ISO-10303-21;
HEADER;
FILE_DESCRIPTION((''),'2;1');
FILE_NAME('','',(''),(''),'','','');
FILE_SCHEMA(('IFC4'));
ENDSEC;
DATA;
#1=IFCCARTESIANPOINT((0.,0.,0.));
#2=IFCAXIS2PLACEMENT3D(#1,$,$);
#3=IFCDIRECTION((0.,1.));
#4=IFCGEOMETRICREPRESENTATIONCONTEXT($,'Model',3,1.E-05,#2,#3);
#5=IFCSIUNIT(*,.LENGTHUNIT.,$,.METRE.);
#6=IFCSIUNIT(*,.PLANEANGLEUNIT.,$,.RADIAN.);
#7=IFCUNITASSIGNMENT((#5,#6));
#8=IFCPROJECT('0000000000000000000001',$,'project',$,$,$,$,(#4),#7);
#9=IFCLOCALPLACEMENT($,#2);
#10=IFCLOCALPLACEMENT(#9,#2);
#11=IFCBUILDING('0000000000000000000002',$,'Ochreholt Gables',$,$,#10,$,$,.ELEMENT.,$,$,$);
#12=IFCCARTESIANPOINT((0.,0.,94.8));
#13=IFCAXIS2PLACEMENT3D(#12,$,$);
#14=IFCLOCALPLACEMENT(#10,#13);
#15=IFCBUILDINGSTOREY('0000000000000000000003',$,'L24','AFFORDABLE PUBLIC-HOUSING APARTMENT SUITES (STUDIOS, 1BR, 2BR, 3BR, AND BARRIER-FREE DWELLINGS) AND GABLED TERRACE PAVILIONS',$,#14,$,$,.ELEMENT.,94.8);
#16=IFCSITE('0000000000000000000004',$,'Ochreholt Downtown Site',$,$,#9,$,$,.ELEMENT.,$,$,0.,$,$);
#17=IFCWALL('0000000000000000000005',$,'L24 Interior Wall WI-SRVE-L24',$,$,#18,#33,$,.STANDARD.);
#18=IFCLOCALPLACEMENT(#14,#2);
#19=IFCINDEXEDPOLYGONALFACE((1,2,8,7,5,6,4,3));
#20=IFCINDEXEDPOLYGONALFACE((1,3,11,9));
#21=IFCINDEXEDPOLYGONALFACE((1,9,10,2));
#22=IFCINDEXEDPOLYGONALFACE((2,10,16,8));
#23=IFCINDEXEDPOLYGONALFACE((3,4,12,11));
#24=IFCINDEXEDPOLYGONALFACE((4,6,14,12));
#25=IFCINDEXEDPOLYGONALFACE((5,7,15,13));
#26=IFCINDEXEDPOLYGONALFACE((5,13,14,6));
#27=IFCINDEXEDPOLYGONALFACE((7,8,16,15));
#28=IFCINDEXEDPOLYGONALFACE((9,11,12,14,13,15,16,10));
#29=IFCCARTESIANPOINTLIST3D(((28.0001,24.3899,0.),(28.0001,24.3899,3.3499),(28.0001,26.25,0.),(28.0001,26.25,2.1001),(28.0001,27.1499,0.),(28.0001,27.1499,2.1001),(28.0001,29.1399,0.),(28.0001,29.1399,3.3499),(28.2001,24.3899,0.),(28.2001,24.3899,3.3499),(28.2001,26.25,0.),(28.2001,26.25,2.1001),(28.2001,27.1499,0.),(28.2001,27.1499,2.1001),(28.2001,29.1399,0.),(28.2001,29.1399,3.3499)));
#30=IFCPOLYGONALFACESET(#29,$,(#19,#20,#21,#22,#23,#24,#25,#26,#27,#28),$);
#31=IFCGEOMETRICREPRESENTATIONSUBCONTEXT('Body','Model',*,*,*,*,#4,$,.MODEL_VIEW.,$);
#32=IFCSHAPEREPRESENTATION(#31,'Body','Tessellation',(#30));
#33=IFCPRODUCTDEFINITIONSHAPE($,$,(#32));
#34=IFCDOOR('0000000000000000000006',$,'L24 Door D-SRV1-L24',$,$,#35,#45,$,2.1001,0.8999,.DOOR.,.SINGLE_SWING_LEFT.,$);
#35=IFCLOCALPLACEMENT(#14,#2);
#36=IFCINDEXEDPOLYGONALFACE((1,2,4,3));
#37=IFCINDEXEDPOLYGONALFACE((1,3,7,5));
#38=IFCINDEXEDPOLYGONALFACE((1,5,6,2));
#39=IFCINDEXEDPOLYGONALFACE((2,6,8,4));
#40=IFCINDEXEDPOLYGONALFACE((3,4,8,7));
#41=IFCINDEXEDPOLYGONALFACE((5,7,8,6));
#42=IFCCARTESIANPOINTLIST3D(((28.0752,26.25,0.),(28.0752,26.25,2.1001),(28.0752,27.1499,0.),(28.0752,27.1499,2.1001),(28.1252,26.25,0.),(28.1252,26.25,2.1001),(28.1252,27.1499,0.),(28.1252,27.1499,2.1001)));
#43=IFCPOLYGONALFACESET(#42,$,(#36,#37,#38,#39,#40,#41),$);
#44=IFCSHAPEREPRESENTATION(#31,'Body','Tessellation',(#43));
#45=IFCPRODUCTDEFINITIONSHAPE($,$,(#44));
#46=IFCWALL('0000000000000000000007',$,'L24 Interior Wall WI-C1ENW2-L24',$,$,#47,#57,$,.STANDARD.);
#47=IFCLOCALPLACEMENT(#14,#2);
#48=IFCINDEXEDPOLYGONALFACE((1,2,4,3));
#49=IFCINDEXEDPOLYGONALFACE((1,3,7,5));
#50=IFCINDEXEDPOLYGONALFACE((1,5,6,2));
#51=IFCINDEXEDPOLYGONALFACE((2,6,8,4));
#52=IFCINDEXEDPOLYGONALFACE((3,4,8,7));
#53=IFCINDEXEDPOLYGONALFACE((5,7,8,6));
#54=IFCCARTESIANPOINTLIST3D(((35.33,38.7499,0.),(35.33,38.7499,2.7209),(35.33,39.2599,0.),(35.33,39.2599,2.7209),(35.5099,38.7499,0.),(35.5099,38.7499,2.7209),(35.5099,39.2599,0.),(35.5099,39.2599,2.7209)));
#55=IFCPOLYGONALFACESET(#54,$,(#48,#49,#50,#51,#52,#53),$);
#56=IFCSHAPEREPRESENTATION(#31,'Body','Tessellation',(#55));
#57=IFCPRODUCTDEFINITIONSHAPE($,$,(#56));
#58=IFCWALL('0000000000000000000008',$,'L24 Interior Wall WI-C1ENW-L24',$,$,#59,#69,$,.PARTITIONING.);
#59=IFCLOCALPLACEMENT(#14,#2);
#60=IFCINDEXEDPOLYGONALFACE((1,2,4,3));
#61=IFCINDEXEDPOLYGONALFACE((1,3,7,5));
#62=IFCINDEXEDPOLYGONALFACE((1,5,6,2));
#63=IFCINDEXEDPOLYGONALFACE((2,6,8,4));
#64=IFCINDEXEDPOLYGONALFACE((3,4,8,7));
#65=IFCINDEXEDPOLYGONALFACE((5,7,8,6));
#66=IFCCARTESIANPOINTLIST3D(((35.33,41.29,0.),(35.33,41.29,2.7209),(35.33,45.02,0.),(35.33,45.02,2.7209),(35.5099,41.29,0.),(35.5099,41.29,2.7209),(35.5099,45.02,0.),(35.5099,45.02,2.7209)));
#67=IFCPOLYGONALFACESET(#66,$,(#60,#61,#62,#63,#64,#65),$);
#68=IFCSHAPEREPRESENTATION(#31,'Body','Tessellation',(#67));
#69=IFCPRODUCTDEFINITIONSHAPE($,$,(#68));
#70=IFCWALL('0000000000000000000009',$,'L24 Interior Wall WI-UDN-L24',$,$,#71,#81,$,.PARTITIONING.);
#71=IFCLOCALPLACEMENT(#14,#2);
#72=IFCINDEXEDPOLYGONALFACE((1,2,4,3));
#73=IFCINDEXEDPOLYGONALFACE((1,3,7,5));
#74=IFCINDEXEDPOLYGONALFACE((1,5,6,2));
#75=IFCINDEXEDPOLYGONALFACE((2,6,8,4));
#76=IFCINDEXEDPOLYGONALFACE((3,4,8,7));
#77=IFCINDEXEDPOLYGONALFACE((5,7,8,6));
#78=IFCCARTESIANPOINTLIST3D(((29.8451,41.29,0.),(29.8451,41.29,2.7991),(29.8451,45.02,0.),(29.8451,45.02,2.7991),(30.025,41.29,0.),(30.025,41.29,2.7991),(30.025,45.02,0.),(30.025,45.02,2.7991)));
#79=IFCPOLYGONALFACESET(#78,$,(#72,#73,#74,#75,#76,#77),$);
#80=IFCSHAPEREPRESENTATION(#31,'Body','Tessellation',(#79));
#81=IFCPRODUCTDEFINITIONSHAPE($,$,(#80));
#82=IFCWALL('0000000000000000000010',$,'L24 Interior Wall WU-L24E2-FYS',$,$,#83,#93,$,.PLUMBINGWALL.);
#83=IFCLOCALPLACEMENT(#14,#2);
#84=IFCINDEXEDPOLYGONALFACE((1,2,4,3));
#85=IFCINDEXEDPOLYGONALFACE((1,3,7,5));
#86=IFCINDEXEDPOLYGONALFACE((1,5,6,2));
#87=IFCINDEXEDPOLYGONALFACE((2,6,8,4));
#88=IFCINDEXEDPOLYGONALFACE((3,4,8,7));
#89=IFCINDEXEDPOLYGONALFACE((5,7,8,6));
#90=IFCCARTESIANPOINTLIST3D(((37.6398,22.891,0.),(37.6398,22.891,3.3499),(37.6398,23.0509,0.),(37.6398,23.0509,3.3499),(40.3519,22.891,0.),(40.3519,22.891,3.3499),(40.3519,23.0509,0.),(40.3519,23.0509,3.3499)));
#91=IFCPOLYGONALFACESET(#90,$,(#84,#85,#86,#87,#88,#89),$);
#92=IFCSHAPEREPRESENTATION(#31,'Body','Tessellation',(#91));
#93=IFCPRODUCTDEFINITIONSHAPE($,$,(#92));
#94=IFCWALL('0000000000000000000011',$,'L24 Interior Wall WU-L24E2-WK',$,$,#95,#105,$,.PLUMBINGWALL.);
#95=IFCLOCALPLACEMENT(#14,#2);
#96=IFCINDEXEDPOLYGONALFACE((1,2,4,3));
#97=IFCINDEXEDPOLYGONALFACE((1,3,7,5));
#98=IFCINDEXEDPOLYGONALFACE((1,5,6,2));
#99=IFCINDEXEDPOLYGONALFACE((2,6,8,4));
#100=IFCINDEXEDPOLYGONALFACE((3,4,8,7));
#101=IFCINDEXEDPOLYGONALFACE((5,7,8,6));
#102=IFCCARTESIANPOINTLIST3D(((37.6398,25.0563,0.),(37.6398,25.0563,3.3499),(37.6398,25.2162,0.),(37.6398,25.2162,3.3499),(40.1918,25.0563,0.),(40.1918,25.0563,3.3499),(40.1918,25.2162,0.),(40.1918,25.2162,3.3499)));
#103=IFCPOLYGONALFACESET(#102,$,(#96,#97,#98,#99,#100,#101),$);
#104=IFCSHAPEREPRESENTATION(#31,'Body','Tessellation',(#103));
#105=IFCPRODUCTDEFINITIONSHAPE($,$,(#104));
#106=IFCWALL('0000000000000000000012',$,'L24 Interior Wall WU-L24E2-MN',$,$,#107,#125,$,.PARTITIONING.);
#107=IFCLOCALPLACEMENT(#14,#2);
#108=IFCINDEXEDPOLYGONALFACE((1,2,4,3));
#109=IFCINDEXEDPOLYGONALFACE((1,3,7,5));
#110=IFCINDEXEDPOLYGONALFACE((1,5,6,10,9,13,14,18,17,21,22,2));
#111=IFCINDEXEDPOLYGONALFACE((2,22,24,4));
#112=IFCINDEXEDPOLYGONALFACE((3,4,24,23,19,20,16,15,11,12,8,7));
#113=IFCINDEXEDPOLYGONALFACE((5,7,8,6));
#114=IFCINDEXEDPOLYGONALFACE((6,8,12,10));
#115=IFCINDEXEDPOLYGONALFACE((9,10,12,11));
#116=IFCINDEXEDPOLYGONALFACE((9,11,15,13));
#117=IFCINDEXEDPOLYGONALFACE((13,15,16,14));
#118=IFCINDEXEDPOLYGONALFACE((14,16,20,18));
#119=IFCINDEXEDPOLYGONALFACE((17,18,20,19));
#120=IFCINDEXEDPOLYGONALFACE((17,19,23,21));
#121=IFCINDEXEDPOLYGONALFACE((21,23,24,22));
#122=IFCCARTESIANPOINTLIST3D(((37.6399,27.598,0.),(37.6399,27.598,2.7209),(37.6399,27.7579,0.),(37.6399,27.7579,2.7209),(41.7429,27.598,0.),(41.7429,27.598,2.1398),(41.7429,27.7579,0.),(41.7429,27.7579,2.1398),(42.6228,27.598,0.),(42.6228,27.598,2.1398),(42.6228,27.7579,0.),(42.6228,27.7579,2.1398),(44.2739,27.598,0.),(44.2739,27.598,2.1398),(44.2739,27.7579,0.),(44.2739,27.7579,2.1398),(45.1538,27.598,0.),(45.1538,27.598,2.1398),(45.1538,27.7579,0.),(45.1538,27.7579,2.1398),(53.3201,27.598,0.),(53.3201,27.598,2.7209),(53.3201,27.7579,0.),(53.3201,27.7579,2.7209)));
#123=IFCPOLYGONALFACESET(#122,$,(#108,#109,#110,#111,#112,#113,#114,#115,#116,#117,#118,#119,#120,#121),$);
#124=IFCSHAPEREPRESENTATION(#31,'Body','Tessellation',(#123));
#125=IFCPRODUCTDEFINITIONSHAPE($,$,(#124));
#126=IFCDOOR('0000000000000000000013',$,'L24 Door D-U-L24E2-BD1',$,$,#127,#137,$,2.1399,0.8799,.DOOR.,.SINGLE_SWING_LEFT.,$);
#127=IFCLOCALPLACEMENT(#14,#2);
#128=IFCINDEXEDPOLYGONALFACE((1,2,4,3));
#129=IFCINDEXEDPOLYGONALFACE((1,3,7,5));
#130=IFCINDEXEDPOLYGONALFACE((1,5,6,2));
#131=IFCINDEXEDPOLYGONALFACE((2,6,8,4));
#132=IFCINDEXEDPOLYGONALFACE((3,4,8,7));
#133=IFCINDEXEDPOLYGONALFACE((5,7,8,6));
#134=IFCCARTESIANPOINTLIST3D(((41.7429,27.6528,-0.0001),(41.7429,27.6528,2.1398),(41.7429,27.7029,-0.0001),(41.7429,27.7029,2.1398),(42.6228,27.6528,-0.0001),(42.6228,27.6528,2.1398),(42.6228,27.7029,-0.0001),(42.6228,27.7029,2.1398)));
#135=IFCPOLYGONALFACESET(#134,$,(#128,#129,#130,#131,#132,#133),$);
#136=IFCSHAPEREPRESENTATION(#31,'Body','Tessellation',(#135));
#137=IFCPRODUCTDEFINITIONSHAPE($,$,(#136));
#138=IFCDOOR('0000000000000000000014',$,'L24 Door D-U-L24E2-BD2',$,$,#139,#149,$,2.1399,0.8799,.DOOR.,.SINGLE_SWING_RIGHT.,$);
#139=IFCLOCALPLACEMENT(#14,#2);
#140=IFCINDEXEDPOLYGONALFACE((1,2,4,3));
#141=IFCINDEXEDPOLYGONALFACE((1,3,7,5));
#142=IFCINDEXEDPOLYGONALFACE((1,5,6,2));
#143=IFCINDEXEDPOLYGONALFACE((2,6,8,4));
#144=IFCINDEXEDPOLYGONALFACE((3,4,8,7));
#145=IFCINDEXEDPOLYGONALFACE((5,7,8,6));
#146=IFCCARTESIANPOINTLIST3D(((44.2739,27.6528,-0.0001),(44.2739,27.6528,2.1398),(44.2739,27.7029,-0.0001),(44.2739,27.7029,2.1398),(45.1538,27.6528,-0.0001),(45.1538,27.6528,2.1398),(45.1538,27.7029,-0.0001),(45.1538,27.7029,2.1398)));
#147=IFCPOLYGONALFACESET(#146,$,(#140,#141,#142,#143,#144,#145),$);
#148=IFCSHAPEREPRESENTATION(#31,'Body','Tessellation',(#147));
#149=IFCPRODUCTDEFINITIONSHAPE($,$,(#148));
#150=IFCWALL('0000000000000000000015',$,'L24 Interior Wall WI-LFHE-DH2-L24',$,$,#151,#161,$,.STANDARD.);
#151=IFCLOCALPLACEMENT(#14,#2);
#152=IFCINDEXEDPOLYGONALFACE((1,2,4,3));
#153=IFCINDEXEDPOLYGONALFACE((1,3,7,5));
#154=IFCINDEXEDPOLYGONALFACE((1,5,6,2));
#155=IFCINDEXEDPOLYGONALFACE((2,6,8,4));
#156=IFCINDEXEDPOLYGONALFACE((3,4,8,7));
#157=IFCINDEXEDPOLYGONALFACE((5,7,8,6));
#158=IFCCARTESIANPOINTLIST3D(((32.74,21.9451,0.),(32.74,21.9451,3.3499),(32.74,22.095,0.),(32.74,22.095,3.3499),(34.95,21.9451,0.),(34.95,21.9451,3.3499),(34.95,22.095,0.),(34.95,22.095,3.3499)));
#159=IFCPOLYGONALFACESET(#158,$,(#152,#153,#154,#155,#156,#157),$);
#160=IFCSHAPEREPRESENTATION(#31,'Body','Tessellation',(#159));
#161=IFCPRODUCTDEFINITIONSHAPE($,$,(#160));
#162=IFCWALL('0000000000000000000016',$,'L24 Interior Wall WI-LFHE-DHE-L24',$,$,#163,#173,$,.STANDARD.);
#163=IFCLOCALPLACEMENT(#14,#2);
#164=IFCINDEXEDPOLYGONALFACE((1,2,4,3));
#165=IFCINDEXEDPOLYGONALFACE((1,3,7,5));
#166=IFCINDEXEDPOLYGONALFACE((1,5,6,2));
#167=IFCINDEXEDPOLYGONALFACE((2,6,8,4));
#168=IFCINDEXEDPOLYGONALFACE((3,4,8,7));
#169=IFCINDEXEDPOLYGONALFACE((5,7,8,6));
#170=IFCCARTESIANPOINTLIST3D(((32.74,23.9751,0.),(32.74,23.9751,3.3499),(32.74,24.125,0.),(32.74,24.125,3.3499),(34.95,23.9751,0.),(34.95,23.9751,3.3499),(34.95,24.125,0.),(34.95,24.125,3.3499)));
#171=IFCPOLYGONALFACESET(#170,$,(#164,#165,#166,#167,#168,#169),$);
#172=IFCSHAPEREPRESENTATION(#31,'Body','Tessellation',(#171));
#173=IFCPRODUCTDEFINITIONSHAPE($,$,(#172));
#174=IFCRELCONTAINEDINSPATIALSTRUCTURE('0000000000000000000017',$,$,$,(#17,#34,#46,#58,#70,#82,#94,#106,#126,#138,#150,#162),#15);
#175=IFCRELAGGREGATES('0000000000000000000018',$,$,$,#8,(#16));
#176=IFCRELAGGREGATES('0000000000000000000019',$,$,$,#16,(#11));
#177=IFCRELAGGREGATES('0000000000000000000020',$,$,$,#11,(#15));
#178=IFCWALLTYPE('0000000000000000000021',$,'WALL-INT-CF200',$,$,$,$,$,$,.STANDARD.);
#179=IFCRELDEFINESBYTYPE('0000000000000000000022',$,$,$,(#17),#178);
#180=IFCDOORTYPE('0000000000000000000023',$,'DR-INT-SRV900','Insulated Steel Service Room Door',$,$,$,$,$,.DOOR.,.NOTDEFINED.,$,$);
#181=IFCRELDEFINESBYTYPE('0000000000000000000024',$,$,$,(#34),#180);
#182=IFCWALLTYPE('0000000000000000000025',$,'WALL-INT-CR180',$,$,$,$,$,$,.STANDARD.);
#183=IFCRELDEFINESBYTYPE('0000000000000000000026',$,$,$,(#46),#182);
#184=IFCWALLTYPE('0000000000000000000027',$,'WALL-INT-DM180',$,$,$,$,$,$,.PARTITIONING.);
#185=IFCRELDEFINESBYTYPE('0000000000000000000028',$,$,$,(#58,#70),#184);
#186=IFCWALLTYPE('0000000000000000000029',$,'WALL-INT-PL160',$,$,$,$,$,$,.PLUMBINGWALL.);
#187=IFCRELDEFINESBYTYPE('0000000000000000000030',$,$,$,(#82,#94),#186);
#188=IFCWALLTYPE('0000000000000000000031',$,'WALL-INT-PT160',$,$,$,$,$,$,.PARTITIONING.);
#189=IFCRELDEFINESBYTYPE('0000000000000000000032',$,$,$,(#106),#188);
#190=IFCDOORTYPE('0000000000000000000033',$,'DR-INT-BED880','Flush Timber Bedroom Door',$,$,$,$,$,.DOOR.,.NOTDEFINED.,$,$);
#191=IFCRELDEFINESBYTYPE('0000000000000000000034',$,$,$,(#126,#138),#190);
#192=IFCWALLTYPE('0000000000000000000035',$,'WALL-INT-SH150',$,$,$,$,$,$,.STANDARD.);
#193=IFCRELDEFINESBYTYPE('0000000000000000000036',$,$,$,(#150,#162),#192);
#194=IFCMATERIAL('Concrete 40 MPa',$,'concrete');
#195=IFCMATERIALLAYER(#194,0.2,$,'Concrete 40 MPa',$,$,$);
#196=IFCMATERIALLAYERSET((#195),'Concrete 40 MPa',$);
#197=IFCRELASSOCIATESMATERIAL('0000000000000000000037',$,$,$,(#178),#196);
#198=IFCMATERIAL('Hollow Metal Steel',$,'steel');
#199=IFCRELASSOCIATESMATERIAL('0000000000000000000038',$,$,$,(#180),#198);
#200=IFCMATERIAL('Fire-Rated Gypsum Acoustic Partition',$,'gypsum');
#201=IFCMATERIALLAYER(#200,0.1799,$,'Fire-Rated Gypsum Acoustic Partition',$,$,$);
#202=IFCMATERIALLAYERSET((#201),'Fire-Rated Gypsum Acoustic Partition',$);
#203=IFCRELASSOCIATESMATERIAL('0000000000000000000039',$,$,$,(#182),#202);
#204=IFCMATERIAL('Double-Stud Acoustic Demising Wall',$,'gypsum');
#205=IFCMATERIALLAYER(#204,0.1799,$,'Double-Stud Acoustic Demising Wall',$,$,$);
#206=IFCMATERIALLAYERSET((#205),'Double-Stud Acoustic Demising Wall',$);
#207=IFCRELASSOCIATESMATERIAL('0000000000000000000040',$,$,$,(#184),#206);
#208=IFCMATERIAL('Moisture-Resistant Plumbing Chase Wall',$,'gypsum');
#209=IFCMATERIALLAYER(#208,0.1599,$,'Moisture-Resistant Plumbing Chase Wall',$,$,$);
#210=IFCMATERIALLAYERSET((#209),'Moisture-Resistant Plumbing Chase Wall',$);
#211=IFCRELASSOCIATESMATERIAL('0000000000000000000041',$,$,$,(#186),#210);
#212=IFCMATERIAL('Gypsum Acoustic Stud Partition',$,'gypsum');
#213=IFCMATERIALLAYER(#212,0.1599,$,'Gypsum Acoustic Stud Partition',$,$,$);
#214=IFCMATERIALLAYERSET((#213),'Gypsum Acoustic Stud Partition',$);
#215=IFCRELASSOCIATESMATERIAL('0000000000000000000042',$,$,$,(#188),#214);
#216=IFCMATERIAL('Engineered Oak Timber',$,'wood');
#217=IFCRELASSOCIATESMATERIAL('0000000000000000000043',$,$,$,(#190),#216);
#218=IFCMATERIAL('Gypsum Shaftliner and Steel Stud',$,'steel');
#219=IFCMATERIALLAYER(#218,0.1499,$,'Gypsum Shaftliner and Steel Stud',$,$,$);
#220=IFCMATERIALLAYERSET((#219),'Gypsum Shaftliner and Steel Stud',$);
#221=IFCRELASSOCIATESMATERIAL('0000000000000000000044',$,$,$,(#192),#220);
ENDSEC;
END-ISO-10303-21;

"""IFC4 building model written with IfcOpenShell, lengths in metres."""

from ifc_helpers import new_model, si_unit, direction, frame, frame_2d, origin, place, context, subcontext, project, spatial, rectangle, extrude, material, layer, layer_set, type_object, element, fill, save


model = new_model("IFC4")

# Units and contexts
model_context = context("Model", 3, precision=1e-05, world=origin(), true_north=direction((0.0, 1.0)))
body_context = subcontext(model_context, "Body", "Model", "MODEL_VIEW")
ifc_project = project(units=[si_unit("LENGTHUNIT", "METRE"), si_unit("PLANEANGLEUNIT", "RADIAN")], contexts=[model_context])

# Site, building, storey
site_placement = place(None, origin())
site = spatial("IfcSite", under=ifc_project, at=site_placement, Name="Ochreholt Downtown Site", CompositionType="ELEMENT", RefElevation=0.0)
building_placement = place(site_placement, origin())
building = spatial("IfcBuilding", under=site, at=building_placement, Name="Ochreholt Gables", CompositionType="ELEMENT")
storey_placement = place(building_placement, frame((0.0, 0.0, 94.8)))
storey = spatial("IfcBuildingStorey", under=building, at=storey_placement, Name="L24", Description="AFFORDABLE PUBLIC-HOUSING APARTMENT SUITES (STUDIOS, 1BR, 2BR, 3BR, AND BARRIER-FREE DWELLINGS) AND GABLED TERRACE PAVILIONS", CompositionType="ELEMENT", Elevation=94.8)

# Wall, opening, door
ifc_material_1 = material(Name="Concrete 40 MPa", Category="concrete")
ifc_layer_1 = layer(ifc_material_1, 0.2, Name="Concrete 40 MPa")
ifc_layer_set_1 = layer_set([ifc_layer_1], Name="Concrete 40 MPa")
wall_type_1 = type_object("IfcWallType", Name="WALL-INT-CF200", PredefinedType="STANDARD", material=ifc_layer_set_1)
wall_1_placement = place(storey_placement, frame((28.1001, 24.3899, 0.0), z_axis=(0.0, 0.0, 1.0), x_axis=(0.0, 1.0, 0.0)))
wall_1 = element("IfcWall", 1, at=wall_1_placement, inside=storey, type_object=wall_type_1, Name="L24 Interior Wall WI-SRVE-L24", PredefinedType="STANDARD", context=body_context, shape_type="SweptSolid", body=[
    extrude(rectangle(XDim=4.75, YDim=0.2, at=frame_2d((2.375, 0.0))), origin(), (0.0, 0.0, 1.0), 3.3499),
])
opening_1_placement = place(wall_1_placement, frame((1.8601, 0.0, 0.0)))
opening_1 = element("IfcOpeningElement", 2, at=opening_1_placement, cuts=wall_1, PredefinedType="OPENING", context=body_context, shape_type="SweptSolid", body=[
    extrude(rectangle(XDim=0.8999, YDim=2.1001, at=frame_2d((0.45, 1.05))), frame((0.0, 0.1099, 0.0), z_axis=(0.0, -1.0, 0.0), x_axis=(1.0, 0.0, 0.0)), (0.0, 0.0, 1.0), 0.22),
])
ifc_material_2 = material(Name="Hollow Metal Steel", Category="steel")
door_type_1 = type_object("IfcDoorType", Name="DR-INT-SRV900", Description="Insulated Steel Service Room Door", OperationType="NOTDEFINED", PredefinedType="DOOR", material=ifc_material_2)
door_1_placement = place(opening_1_placement, origin())
door_1 = element("IfcDoor", 3, at=door_1_placement, inside=storey, type_object=door_type_1, Name="L24 Door D-SRV1-L24", OperationType="SINGLE_SWING_LEFT", OverallHeight=2.1001, OverallWidth=0.8999, PredefinedType="DOOR", context=body_context, shape_type="SweptSolid", body=[
    extrude(rectangle(XDim=0.8999, YDim=2.1001, at=frame_2d((0.45, 1.05))), frame((0.0, 0.0249, 0.0), z_axis=(0.0, -1.0, 0.0), x_axis=(1.0, 0.0, 0.0)), (0.0, 0.0, 1.0), 0.05),
])
fill(opening_1, door_1)

# Walls
ifc_material_3 = material(Name="Fire-Rated Gypsum Acoustic Partition", Category="gypsum")
ifc_layer_2 = layer(ifc_material_3, 0.1799, Name="Fire-Rated Gypsum Acoustic Partition")
ifc_layer_set_2 = layer_set([ifc_layer_2], Name="Fire-Rated Gypsum Acoustic Partition")
wall_type_2 = type_object("IfcWallType", Name="WALL-INT-CR180", PredefinedType="STANDARD", material=ifc_layer_set_2)
wall_2_placement = place(storey_placement, frame((35.4199, 38.75, 0.0), z_axis=(0.0, 0.0, 1.0), x_axis=(0.0, 1.0, 0.0)))
element("IfcWall", 4, at=wall_2_placement, inside=storey, type_object=wall_type_2, Name="L24 Interior Wall WI-C1ENW2-L24", PredefinedType="STANDARD", context=body_context, shape_type="SweptSolid", body=[
    extrude(rectangle(XDim=0.51, YDim=0.1799, at=frame_2d((0.2549, 0.0))), origin(), (0.0, 0.0, 1.0), 2.7209),
])
ifc_material_4 = material(Name="Double-Stud Acoustic Demising Wall", Category="gypsum")
ifc_layer_3 = layer(ifc_material_4, 0.1799, Name="Double-Stud Acoustic Demising Wall")
ifc_layer_set_3 = layer_set([ifc_layer_3], Name="Double-Stud Acoustic Demising Wall")
wall_type_3 = type_object("IfcWallType", Name="WALL-INT-DM180", PredefinedType="PARTITIONING", material=ifc_layer_set_3)
wall_3_placement = place(storey_placement, frame((35.4199, 41.29, 0.0), z_axis=(0.0, 0.0, 1.0), x_axis=(0.0, 1.0, 0.0)))
element("IfcWall", 5, at=wall_3_placement, inside=storey, type_object=wall_type_3, Name="L24 Interior Wall WI-C1ENW-L24", PredefinedType="PARTITIONING", context=body_context, shape_type="SweptSolid", body=[
    extrude(rectangle(XDim=3.73, YDim=0.1799, at=frame_2d((1.865, 0.0))), origin(), (0.0, 0.0, 1.0), 2.7209),
])
wall_4_placement = place(storey_placement, frame((29.9351, 41.29, 0.0), z_axis=(0.0, 0.0, 1.0), x_axis=(0.0, 1.0, 0.0)))
element("IfcWall", 6, at=wall_4_placement, inside=storey, type_object=wall_type_3, Name="L24 Interior Wall WI-UDN-L24", PredefinedType="PARTITIONING", context=body_context, shape_type="SweptSolid", body=[
    extrude(rectangle(XDim=3.73, YDim=0.1799, at=frame_2d((1.865, 0.0))), origin(), (0.0, 0.0, 1.0), 2.7991),
])
ifc_material_5 = material(Name="Moisture-Resistant Plumbing Chase Wall", Category="gypsum")
ifc_layer_4 = layer(ifc_material_5, 0.1599, Name="Moisture-Resistant Plumbing Chase Wall")
ifc_layer_set_4 = layer_set([ifc_layer_4], Name="Moisture-Resistant Plumbing Chase Wall")
wall_type_4 = type_object("IfcWallType", Name="WALL-INT-PL160", PredefinedType="PLUMBINGWALL", material=ifc_layer_set_4)
wall_5_placement = place(storey_placement, frame((37.6399, 22.9709, 0.0), z_axis=(0.0, 0.0, 1.0), x_axis=(1.0, 0.0, 0.0)))
element("IfcWall", 7, at=wall_5_placement, inside=storey, type_object=wall_type_4, Name="L24 Interior Wall WU-L24E2-FYS", PredefinedType="PLUMBINGWALL", context=body_context, shape_type="SweptSolid", body=[
    extrude(rectangle(XDim=2.7122, YDim=0.1599, at=frame_2d((1.356, 0.0))), origin(), (0.0, 0.0, 1.0), 3.3499),
])
wall_6_placement = place(storey_placement, frame((37.6399, 25.1362, 0.0), z_axis=(0.0, 0.0, 1.0), x_axis=(1.0, 0.0, 0.0)))
element("IfcWall", 8, at=wall_6_placement, inside=storey, type_object=wall_type_4, Name="L24 Interior Wall WU-L24E2-WK", PredefinedType="PLUMBINGWALL", context=body_context, shape_type="SweptSolid", body=[
    extrude(rectangle(XDim=2.552, YDim=0.1599, at=frame_2d((1.2759, 0.0))), origin(), (0.0, 0.0, 1.0), 3.3499),
])

# Wall, openings, doors
ifc_material_6 = material(Name="Gypsum Acoustic Stud Partition", Category="gypsum")
ifc_layer_5 = layer(ifc_material_6, 0.1599, Name="Gypsum Acoustic Stud Partition")
ifc_layer_set_5 = layer_set([ifc_layer_5], Name="Gypsum Acoustic Stud Partition")
wall_type_5 = type_object("IfcWallType", Name="WALL-INT-PT160", PredefinedType="PARTITIONING", material=ifc_layer_set_5)
wall_7_placement = place(storey_placement, frame((37.6399, 27.678, 0.0), z_axis=(0.0, 0.0, 1.0), x_axis=(1.0, 0.0, 0.0)))
wall_7 = element("IfcWall", 9, at=wall_7_placement, inside=storey, type_object=wall_type_5, Name="L24 Interior Wall WU-L24E2-MN", PredefinedType="PARTITIONING", context=body_context, shape_type="SweptSolid", body=[
    extrude(rectangle(XDim=15.6802, YDim=0.1599, at=frame_2d((7.8401, 0.0))), origin(), (0.0, 0.0, 1.0), 2.7209),
])
opening_2_placement = place(wall_7_placement, frame((4.103, 0.0, 0.0)))
opening_2 = element("IfcOpeningElement", 10, at=opening_2_placement, cuts=wall_7, PredefinedType="OPENING", context=body_context, shape_type="SweptSolid", body=[
    extrude(rectangle(XDim=0.8799, YDim=2.1399, at=frame_2d((0.4399, 1.0698))), frame((0.0, 0.0898, 0.0), z_axis=(0.0, -1.0, 0.0), x_axis=(1.0, 0.0, 0.0)), (0.0, 0.0, 1.0), 0.1799),
])
opening_3_placement = place(wall_7_placement, frame((6.634, 0.0, 0.0)))
opening_3 = element("IfcOpeningElement", 11, at=opening_3_placement, cuts=wall_7, PredefinedType="OPENING", context=body_context, shape_type="SweptSolid", body=[
    extrude(rectangle(XDim=0.8799, YDim=2.1399, at=frame_2d((0.4399, 1.0698))), frame((0.0, 0.0898, 0.0), z_axis=(0.0, -1.0, 0.0), x_axis=(1.0, 0.0, 0.0)), (0.0, 0.0, 1.0), 0.1799),
])
ifc_material_7 = material(Name="Engineered Oak Timber", Category="wood")
door_type_2 = type_object("IfcDoorType", Name="DR-INT-BED880", Description="Flush Timber Bedroom Door", OperationType="NOTDEFINED", PredefinedType="DOOR", material=ifc_material_7)
door_2_placement = place(opening_2_placement, origin())
door_2 = element("IfcDoor", 12, at=door_2_placement, inside=storey, type_object=door_type_2, Name="L24 Door D-U-L24E2-BD1", OperationType="SINGLE_SWING_LEFT", OverallHeight=2.1399, OverallWidth=0.8799, PredefinedType="DOOR", context=body_context, shape_type="SweptSolid", body=[
    extrude(rectangle(XDim=0.8799, YDim=2.1399, at=frame_2d((0.4399, 1.0698))), frame((0.0, 0.0249, 0.0), z_axis=(0.0, -1.0, 0.0), x_axis=(1.0, 0.0, 0.0)), (0.0, 0.0, 1.0), 0.05),
])
fill(opening_2, door_2)
door_3_placement = place(opening_3_placement, origin())
door_3 = element("IfcDoor", 13, at=door_3_placement, inside=storey, type_object=door_type_2, Name="L24 Door D-U-L24E2-BD2", OperationType="SINGLE_SWING_RIGHT", OverallHeight=2.1399, OverallWidth=0.8799, PredefinedType="DOOR", context=body_context, shape_type="SweptSolid", body=[
    extrude(rectangle(XDim=0.8799, YDim=2.1399, at=frame_2d((0.4399, 1.0698))), frame((0.0, 0.0249, 0.0), z_axis=(0.0, -1.0, 0.0), x_axis=(1.0, 0.0, 0.0)), (0.0, 0.0, 1.0), 0.05),
])
fill(opening_3, door_3)

# Walls
ifc_material_8 = material(Name="Gypsum Shaftliner and Steel Stud", Category="steel")
ifc_layer_6 = layer(ifc_material_8, 0.1499, Name="Gypsum Shaftliner and Steel Stud")
ifc_layer_set_6 = layer_set([ifc_layer_6], Name="Gypsum Shaftliner and Steel Stud")
wall_type_6 = type_object("IfcWallType", Name="WALL-INT-SH150", PredefinedType="STANDARD", material=ifc_layer_set_6)
for number, where, z_axis, x_axis, name in (
    (14, (32.74, 22.02, 0.0), (0.0, 0.0, 1.0), (1.0, 0.0, 0.0), "L24 Interior Wall WI-LFHE-DH2-L24"),
    (15, (32.74, 24.05, 0.0), (0.0, 0.0, 1.0), (1.0, 0.0, 0.0), "L24 Interior Wall WI-LFHE-DHE-L24"),
):
    element("IfcWall", number, at=place(storey_placement, frame(where, z_axis=z_axis, x_axis=x_axis)), inside=storey, type_object=wall_type_6, Name=name, PredefinedType="STANDARD", context=body_context, shape_type="SweptSolid", body=[
        extrude(rectangle(XDim=2.21, YDim=0.1499, at=frame_2d((1.105, 0.0))), origin(), (0.0, 0.0, 1.0), 3.3499),
    ])

save(model, "model.ifc")
